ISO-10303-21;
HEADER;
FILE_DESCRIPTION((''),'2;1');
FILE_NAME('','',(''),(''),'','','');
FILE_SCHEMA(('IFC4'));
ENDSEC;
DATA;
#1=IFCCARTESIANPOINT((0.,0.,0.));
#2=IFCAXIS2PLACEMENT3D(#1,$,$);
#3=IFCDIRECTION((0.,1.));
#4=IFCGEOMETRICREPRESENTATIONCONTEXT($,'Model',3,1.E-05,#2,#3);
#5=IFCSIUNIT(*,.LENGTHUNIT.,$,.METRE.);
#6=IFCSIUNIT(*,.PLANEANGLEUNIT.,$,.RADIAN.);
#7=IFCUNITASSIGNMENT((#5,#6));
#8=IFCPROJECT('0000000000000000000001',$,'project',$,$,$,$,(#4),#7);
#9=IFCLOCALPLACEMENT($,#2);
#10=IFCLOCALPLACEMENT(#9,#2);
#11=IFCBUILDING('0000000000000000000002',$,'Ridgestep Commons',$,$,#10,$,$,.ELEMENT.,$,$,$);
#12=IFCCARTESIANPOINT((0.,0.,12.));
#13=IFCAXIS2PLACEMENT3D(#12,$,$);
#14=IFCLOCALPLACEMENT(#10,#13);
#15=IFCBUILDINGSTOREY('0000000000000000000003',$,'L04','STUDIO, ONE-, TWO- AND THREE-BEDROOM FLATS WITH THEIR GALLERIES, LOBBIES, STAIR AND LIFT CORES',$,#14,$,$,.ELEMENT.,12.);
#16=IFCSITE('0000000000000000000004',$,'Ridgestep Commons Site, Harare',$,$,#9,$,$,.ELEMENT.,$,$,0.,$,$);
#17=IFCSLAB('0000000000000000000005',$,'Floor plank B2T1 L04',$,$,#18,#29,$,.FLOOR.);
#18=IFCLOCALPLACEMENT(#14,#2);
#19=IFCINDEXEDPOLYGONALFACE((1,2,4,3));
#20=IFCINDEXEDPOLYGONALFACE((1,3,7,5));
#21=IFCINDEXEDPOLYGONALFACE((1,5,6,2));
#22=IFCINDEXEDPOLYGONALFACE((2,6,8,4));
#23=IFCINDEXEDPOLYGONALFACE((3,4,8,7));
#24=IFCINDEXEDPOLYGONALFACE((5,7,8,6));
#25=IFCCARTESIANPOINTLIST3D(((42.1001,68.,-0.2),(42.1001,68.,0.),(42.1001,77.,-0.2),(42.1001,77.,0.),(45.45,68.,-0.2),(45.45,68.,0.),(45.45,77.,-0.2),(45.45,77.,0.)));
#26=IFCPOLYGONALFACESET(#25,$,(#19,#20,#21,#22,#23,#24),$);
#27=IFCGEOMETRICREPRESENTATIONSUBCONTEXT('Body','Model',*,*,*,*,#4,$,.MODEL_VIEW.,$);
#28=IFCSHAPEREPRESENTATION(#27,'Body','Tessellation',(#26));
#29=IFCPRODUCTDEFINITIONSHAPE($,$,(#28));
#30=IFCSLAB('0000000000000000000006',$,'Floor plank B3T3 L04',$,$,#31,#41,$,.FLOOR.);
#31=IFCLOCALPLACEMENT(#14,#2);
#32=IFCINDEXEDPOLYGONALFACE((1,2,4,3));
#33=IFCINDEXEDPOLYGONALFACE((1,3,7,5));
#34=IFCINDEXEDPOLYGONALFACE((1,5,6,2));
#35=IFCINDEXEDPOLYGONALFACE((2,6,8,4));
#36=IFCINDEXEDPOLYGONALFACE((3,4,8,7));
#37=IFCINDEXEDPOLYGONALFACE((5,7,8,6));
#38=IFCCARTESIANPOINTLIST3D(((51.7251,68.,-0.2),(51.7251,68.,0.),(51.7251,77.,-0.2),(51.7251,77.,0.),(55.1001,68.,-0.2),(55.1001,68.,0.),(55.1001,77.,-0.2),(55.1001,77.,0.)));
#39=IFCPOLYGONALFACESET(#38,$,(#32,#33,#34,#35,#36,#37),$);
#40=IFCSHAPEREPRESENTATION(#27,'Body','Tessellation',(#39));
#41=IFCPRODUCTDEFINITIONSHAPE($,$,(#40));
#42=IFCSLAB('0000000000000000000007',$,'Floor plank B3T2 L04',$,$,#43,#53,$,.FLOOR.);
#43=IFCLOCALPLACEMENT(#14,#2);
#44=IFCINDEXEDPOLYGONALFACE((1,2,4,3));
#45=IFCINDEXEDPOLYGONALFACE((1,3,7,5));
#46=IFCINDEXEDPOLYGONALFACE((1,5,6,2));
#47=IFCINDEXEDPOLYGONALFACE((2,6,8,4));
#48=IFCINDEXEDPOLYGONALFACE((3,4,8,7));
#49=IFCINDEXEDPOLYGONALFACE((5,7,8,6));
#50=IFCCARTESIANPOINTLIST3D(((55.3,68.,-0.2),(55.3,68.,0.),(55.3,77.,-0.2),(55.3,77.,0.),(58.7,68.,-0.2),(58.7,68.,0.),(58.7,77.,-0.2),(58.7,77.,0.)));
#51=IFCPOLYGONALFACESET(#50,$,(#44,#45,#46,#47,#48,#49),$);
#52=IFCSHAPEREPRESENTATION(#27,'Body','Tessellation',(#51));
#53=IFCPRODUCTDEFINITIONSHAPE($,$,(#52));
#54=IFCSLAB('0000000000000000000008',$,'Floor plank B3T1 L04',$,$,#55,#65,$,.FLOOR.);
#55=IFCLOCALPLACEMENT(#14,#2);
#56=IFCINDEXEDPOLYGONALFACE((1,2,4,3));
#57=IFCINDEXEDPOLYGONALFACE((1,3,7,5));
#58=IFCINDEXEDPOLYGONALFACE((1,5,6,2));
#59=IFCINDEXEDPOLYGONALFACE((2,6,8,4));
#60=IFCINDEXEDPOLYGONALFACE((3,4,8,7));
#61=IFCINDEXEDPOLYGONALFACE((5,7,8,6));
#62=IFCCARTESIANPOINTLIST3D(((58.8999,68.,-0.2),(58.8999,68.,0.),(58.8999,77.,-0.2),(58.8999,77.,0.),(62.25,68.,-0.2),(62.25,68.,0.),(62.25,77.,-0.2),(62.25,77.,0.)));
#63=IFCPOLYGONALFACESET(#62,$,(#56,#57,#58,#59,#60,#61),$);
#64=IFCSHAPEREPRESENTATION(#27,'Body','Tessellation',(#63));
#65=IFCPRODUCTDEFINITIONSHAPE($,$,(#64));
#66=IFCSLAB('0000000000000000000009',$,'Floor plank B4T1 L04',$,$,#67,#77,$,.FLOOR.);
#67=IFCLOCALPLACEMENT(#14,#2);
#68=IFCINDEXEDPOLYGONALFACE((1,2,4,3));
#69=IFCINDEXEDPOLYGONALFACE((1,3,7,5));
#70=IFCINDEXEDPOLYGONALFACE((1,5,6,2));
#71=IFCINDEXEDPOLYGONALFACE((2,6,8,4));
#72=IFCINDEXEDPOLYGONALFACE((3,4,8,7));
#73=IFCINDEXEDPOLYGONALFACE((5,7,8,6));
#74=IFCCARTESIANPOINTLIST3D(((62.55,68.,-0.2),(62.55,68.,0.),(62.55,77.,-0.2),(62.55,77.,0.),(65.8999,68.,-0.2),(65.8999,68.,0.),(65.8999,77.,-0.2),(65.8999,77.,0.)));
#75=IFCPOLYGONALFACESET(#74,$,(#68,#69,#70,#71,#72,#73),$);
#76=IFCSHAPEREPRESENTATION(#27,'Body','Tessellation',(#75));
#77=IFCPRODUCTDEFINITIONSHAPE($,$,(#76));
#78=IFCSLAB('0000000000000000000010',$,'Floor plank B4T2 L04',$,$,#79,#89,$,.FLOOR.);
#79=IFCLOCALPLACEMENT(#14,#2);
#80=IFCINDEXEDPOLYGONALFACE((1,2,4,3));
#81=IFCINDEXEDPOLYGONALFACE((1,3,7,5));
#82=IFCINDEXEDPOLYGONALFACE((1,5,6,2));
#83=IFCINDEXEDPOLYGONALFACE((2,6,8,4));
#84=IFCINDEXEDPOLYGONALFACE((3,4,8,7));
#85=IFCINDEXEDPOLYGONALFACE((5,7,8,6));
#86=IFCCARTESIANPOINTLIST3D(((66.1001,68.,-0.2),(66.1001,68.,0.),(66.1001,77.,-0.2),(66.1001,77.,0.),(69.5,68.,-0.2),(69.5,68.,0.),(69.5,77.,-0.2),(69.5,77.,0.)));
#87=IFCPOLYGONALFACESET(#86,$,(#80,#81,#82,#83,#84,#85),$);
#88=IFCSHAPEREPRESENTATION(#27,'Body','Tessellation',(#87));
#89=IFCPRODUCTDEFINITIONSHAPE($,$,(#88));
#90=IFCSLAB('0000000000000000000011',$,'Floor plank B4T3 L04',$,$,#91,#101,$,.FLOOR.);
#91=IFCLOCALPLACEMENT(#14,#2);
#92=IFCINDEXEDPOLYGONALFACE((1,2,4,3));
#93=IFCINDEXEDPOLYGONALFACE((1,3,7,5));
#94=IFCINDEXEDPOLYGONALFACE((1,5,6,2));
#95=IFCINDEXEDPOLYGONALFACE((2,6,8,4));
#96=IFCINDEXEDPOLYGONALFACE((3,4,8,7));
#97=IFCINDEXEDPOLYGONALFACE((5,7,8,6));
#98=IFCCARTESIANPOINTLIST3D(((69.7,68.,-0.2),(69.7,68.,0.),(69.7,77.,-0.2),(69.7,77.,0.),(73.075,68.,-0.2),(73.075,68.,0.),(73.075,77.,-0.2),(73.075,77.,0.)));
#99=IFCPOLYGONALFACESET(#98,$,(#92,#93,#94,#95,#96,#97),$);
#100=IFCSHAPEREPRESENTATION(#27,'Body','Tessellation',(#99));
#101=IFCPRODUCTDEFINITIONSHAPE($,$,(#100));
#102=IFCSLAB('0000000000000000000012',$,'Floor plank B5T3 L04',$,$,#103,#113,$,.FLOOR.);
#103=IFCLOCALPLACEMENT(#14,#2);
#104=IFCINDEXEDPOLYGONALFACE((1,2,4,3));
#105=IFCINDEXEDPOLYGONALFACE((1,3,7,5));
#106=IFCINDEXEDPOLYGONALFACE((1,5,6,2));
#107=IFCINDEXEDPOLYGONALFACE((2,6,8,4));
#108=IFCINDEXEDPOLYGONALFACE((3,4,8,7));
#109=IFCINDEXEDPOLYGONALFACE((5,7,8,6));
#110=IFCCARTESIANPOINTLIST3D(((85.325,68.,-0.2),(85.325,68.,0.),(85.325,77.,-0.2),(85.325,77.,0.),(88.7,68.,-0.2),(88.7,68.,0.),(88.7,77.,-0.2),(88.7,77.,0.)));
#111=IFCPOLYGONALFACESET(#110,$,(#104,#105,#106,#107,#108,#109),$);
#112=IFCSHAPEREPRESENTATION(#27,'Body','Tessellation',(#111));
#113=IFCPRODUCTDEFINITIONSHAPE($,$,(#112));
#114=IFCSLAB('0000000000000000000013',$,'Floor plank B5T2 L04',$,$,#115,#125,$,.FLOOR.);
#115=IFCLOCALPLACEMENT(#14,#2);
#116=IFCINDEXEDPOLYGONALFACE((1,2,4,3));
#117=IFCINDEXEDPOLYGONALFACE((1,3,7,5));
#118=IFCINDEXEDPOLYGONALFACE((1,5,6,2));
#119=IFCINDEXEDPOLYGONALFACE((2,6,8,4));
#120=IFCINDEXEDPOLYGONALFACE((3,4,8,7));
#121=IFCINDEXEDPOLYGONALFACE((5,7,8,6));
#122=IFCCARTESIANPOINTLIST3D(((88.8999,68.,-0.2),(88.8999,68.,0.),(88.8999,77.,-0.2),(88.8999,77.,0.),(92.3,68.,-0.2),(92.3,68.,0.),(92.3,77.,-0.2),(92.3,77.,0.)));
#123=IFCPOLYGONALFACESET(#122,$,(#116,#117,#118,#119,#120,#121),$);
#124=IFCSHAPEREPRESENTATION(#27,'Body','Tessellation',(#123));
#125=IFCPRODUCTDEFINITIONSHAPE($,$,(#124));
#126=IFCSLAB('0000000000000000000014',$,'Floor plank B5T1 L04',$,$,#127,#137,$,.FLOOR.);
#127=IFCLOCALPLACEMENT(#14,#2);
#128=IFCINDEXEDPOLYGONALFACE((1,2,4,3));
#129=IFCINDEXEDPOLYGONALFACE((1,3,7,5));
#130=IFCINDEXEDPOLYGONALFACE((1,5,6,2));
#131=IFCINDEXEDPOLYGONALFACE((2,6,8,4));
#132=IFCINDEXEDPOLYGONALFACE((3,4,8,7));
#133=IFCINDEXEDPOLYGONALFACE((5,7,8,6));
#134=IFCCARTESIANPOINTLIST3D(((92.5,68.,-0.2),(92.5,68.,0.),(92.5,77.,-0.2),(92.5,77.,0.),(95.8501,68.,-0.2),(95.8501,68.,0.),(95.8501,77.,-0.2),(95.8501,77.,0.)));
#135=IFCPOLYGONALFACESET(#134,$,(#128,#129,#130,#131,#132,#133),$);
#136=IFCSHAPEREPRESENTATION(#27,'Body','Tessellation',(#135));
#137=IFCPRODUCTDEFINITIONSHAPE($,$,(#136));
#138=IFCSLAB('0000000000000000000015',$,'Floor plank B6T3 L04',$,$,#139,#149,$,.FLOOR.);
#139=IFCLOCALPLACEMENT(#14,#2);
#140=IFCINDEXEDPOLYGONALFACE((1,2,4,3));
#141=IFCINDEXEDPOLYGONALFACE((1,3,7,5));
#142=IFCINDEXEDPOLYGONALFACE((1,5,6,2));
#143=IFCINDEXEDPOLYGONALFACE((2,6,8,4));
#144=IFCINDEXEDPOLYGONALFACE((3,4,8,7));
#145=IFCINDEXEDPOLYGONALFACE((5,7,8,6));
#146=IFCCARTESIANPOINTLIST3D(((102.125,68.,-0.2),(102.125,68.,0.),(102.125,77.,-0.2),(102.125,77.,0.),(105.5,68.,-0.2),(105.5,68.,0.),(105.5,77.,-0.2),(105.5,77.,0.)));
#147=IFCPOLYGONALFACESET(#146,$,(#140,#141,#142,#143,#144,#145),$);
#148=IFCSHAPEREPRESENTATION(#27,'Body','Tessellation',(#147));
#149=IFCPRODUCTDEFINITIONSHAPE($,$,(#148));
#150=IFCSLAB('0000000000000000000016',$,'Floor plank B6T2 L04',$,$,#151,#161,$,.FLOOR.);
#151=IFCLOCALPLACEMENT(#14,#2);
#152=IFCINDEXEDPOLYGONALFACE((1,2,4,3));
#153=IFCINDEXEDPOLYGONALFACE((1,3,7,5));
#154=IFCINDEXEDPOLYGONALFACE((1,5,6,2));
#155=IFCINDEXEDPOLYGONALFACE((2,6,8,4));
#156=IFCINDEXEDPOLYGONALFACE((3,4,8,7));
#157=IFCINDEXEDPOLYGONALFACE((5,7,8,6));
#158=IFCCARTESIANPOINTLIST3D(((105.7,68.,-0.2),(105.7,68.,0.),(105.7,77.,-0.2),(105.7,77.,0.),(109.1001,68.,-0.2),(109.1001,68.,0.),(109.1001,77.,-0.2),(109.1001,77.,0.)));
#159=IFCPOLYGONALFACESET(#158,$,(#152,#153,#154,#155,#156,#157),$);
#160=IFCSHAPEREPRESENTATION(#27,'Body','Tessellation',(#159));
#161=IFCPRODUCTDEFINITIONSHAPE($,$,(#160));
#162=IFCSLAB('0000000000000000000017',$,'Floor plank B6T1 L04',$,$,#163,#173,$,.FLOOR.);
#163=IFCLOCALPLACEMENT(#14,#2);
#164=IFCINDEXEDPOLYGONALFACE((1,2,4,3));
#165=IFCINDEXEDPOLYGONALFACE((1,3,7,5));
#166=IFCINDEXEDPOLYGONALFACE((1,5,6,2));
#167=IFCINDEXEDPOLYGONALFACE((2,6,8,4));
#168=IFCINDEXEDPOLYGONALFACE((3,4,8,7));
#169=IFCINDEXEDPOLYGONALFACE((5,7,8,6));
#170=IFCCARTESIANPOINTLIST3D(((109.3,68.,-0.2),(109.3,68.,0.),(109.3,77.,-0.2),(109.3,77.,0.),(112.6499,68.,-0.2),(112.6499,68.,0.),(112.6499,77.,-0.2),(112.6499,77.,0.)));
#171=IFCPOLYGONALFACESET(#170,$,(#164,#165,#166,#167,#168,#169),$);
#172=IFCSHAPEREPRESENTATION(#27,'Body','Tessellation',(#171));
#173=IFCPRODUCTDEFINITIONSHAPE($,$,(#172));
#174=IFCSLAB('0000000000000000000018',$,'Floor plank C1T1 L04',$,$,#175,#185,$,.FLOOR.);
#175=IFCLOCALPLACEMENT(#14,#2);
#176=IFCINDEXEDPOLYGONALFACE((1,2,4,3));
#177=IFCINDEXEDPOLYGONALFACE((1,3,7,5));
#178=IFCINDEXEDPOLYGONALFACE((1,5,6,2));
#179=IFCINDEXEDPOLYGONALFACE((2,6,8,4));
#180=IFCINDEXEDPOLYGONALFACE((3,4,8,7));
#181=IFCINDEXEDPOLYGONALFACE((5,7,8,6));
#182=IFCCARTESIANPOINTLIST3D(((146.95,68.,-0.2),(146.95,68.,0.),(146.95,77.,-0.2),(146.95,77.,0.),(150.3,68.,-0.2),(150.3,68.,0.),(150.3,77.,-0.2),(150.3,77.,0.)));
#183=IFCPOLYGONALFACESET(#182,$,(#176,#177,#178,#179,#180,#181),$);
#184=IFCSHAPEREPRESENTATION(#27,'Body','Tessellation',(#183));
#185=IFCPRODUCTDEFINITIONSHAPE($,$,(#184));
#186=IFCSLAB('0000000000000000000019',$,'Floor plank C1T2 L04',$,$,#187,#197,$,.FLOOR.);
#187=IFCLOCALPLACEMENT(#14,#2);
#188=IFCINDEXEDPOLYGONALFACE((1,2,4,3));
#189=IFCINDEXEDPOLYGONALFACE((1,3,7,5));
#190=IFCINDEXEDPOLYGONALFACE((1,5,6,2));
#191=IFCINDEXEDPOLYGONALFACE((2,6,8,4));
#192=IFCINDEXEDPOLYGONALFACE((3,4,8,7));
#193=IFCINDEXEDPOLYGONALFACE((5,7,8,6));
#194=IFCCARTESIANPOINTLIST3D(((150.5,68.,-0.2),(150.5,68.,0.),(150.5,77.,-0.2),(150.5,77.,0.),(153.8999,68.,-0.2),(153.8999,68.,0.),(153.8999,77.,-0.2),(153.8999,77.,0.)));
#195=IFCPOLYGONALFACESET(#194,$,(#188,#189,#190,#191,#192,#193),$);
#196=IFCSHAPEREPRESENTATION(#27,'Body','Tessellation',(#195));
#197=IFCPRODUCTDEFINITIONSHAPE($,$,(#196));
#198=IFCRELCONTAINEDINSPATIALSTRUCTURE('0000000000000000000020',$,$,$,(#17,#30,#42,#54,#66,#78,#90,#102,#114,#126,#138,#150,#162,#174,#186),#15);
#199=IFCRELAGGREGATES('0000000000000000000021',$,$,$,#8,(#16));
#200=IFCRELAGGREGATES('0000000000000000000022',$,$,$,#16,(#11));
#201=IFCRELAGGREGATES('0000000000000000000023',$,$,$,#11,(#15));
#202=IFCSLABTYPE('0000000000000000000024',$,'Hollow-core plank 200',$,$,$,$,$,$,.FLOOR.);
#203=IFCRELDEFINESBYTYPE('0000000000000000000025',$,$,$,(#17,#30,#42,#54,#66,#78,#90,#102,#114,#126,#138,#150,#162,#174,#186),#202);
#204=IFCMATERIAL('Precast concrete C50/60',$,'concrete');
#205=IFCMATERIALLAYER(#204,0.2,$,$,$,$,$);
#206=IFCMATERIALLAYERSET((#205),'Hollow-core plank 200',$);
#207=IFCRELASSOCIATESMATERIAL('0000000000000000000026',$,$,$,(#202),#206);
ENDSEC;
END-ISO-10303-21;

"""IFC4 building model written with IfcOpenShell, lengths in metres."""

from ifc_helpers import new_model, si_unit, direction, frame, origin, place, context, subcontext, project, spatial, polyline, outline, extrude, material, layer, layer_set, type_object, element, save


model = new_model("IFC4")

# Units and contexts
model_context = context("Model", 3, precision=1e-05, world=origin(), true_north=direction((0.0, 1.0)))
body_context = subcontext(model_context, "Body", "Model", "MODEL_VIEW")
ifc_project = project(units=[si_unit("LENGTHUNIT", "METRE"), si_unit("PLANEANGLEUNIT", "RADIAN")], contexts=[model_context])

# Site, building, storey
site_placement = place(None, origin())
site = spatial("IfcSite", under=ifc_project, at=site_placement, Name="Ridgestep Commons Site, Harare", CompositionType="ELEMENT", RefElevation=0.0)
building_placement = place(site_placement, origin())
building = spatial("IfcBuilding", under=site, at=building_placement, Name="Ridgestep Commons", CompositionType="ELEMENT")
storey_placement = place(building_placement, frame((0.0, 0.0, 12.0)))
storey = spatial("IfcBuildingStorey", under=building, at=storey_placement, Name="L04", Description="STUDIO, ONE-, TWO- AND THREE-BEDROOM FLATS WITH THEIR GALLERIES, LOBBIES, STAIR AND LIFT CORES", CompositionType="ELEMENT", Elevation=12.0)

# Slabs
ifc_material_1 = material(Name="Precast concrete C50/60", Category="concrete")
ifc_layer_1 = layer(ifc_material_1, 0.2)
ifc_layer_set_1 = layer_set([ifc_layer_1], Name="Hollow-core plank 200")
slab_type_1 = type_object("IfcSlabType", Name="Hollow-core plank 200", PredefinedType="FLOOR", material=ifc_layer_set_1)
slab_1_placement = place(storey_placement, frame((0.0, 0.0, -0.2)))
element("IfcSlab", 1, at=slab_1_placement, inside=storey, type_object=slab_type_1, Name="Floor plank B2T1 L04", PredefinedType="FLOOR", context=body_context, shape_type="SweptSolid", body=[
    extrude(outline(polyline([(45.45, 68.0), (45.45, 77.0), (42.1001, 77.0), (42.1001, 68.0), (45.45, 68.0)])), origin(), (0.0, 0.0, 1.0), 0.2),
])
slab_2_placement = place(storey_placement, frame((0.0, 0.0, -0.2)))
element("IfcSlab", 2, at=slab_2_placement, inside=storey, type_object=slab_type_1, Name="Floor plank B3T3 L04", PredefinedType="FLOOR", context=body_context, shape_type="SweptSolid", body=[
    extrude(outline(polyline([(55.1001, 68.0), (55.1001, 77.0), (51.7251, 77.0), (51.7251, 68.0), (55.1001, 68.0)])), origin(), (0.0, 0.0, 1.0), 0.2),
])
slab_3_placement = place(storey_placement, frame((0.0, 0.0, -0.2)))
element("IfcSlab", 3, at=slab_3_placement, inside=storey, type_object=slab_type_1, Name="Floor plank B3T2 L04", PredefinedType="FLOOR", context=body_context, shape_type="SweptSolid", body=[
    extrude(outline(polyline([(58.7, 68.0), (58.7, 77.0), (55.3, 77.0), (55.3, 68.0), (58.7, 68.0)])), origin(), (0.0, 0.0, 1.0), 0.2),
])
slab_4_placement = place(storey_placement, frame((0.0, 0.0, -0.2)))
element("IfcSlab", 4, at=slab_4_placement, inside=storey, type_object=slab_type_1, Name="Floor plank B3T1 L04", PredefinedType="FLOOR", context=body_context, shape_type="SweptSolid", body=[
    extrude(outline(polyline([(62.25, 68.0), (62.25, 77.0), (58.8999, 77.0), (58.8999, 68.0), (62.25, 68.0)])), origin(), (0.0, 0.0, 1.0), 0.2),
])
slab_5_placement = place(storey_placement, frame((0.0, 0.0, -0.2)))
element("IfcSlab", 5, at=slab_5_placement, inside=storey, type_object=slab_type_1, Name="Floor plank B4T1 L04", PredefinedType="FLOOR", context=body_context, shape_type="SweptSolid", body=[
    extrude(outline(polyline([(65.8999, 68.0), (65.8999, 77.0), (62.55, 77.0), (62.55, 68.0), (65.8999, 68.0)])), origin(), (0.0, 0.0, 1.0), 0.2),
])
slab_6_placement = place(storey_placement, frame((0.0, 0.0, -0.2)))
element("IfcSlab", 6, at=slab_6_placement, inside=storey, type_object=slab_type_1, Name="Floor plank B4T2 L04", PredefinedType="FLOOR", context=body_context, shape_type="SweptSolid", body=[
    extrude(outline(polyline([(69.5, 68.0), (69.5, 77.0), (66.1001, 77.0), (66.1001, 68.0), (69.5, 68.0)])), origin(), (0.0, 0.0, 1.0), 0.2),
])
slab_7_placement = place(storey_placement, frame((0.0, 0.0, -0.2)))
element("IfcSlab", 7, at=slab_7_placement, inside=storey, type_object=slab_type_1, Name="Floor plank B4T3 L04", PredefinedType="FLOOR", context=body_context, shape_type="SweptSolid", body=[
    extrude(outline(polyline([(73.075, 68.0), (73.075, 77.0), (69.7, 77.0), (69.7, 68.0), (73.075, 68.0)])), origin(), (0.0, 0.0, 1.0), 0.2),
])
slab_8_placement = place(storey_placement, frame((0.0, 0.0, -0.2)))
element("IfcSlab", 8, at=slab_8_placement, inside=storey, type_object=slab_type_1, Name="Floor plank B5T3 L04", PredefinedType="FLOOR", context=body_context, shape_type="SweptSolid", body=[
    extrude(outline(polyline([(88.7, 68.0), (88.7, 77.0), (85.325, 77.0), (85.325, 68.0), (88.7, 68.0)])), origin(), (0.0, 0.0, 1.0), 0.2),
])
slab_9_placement = place(storey_placement, frame((0.0, 0.0, -0.2)))
element("IfcSlab", 9, at=slab_9_placement, inside=storey, type_object=slab_type_1, Name="Floor plank B5T2 L04", PredefinedType="FLOOR", context=body_context, shape_type="SweptSolid", body=[
    extrude(outline(polyline([(92.3, 68.0), (92.3, 77.0), (88.8999, 77.0), (88.8999, 68.0), (92.3, 68.0)])), origin(), (0.0, 0.0, 1.0), 0.2),
])
slab_10_placement = place(storey_placement, frame((0.0, 0.0, -0.2)))
element("IfcSlab", 10, at=slab_10_placement, inside=storey, type_object=slab_type_1, Name="Floor plank B5T1 L04", PredefinedType="FLOOR", context=body_context, shape_type="SweptSolid", body=[
    extrude(outline(polyline([(95.8501, 68.0), (95.8501, 77.0), (92.5, 77.0), (92.5, 68.0), (95.8501, 68.0)])), origin(), (0.0, 0.0, 1.0), 0.2),
])
slab_11_placement = place(storey_placement, frame((0.0, 0.0, -0.2)))
element("IfcSlab", 11, at=slab_11_placement, inside=storey, type_object=slab_type_1, Name="Floor plank B6T3 L04", PredefinedType="FLOOR", context=body_context, shape_type="SweptSolid", body=[
    extrude(outline(polyline([(105.5, 68.0), (105.5, 77.0), (102.125, 77.0), (102.125, 68.0), (105.5, 68.0)])), origin(), (0.0, 0.0, 1.0), 0.2),
])
slab_12_placement = place(storey_placement, frame((0.0, 0.0, -0.2)))
element("IfcSlab", 12, at=slab_12_placement, inside=storey, type_object=slab_type_1, Name="Floor plank B6T2 L04", PredefinedType="FLOOR", context=body_context, shape_type="SweptSolid", body=[
    extrude(outline(polyline([(109.1001, 68.0), (109.1001, 77.0), (105.7, 77.0), (105.7, 68.0), (109.1001, 68.0)])), origin(), (0.0, 0.0, 1.0), 0.2),
])
slab_13_placement = place(storey_placement, frame((0.0, 0.0, -0.2)))
element("IfcSlab", 13, at=slab_13_placement, inside=storey, type_object=slab_type_1, Name="Floor plank B6T1 L04", PredefinedType="FLOOR", context=body_context, shape_type="SweptSolid", body=[
    extrude(outline(polyline([(112.6499, 68.0), (112.6499, 77.0), (109.3, 77.0), (109.3, 68.0), (112.6499, 68.0)])), origin(), (0.0, 0.0, 1.0), 0.2),
])
slab_14_placement = place(storey_placement, frame((0.0, 0.0, -0.2)))
element("IfcSlab", 14, at=slab_14_placement, inside=storey, type_object=slab_type_1, Name="Floor plank C1T1 L04", PredefinedType="FLOOR", context=body_context, shape_type="SweptSolid", body=[
    extrude(outline(polyline([(150.3, 68.0), (150.3, 77.0), (146.95, 77.0), (146.95, 68.0), (150.3, 68.0)])), origin(), (0.0, 0.0, 1.0), 0.2),
])
slab_15_placement = place(storey_placement, frame((0.0, 0.0, -0.2)))
element("IfcSlab", 15, at=slab_15_placement, inside=storey, type_object=slab_type_1, Name="Floor plank C1T2 L04", PredefinedType="FLOOR", context=body_context, shape_type="SweptSolid", body=[
    extrude(outline(polyline([(153.8999, 68.0), (153.8999, 77.0), (150.5, 77.0), (150.5, 68.0), (153.8999, 68.0)])), origin(), (0.0, 0.0, 1.0), 0.2),
])

save(model, "model.ifc")
